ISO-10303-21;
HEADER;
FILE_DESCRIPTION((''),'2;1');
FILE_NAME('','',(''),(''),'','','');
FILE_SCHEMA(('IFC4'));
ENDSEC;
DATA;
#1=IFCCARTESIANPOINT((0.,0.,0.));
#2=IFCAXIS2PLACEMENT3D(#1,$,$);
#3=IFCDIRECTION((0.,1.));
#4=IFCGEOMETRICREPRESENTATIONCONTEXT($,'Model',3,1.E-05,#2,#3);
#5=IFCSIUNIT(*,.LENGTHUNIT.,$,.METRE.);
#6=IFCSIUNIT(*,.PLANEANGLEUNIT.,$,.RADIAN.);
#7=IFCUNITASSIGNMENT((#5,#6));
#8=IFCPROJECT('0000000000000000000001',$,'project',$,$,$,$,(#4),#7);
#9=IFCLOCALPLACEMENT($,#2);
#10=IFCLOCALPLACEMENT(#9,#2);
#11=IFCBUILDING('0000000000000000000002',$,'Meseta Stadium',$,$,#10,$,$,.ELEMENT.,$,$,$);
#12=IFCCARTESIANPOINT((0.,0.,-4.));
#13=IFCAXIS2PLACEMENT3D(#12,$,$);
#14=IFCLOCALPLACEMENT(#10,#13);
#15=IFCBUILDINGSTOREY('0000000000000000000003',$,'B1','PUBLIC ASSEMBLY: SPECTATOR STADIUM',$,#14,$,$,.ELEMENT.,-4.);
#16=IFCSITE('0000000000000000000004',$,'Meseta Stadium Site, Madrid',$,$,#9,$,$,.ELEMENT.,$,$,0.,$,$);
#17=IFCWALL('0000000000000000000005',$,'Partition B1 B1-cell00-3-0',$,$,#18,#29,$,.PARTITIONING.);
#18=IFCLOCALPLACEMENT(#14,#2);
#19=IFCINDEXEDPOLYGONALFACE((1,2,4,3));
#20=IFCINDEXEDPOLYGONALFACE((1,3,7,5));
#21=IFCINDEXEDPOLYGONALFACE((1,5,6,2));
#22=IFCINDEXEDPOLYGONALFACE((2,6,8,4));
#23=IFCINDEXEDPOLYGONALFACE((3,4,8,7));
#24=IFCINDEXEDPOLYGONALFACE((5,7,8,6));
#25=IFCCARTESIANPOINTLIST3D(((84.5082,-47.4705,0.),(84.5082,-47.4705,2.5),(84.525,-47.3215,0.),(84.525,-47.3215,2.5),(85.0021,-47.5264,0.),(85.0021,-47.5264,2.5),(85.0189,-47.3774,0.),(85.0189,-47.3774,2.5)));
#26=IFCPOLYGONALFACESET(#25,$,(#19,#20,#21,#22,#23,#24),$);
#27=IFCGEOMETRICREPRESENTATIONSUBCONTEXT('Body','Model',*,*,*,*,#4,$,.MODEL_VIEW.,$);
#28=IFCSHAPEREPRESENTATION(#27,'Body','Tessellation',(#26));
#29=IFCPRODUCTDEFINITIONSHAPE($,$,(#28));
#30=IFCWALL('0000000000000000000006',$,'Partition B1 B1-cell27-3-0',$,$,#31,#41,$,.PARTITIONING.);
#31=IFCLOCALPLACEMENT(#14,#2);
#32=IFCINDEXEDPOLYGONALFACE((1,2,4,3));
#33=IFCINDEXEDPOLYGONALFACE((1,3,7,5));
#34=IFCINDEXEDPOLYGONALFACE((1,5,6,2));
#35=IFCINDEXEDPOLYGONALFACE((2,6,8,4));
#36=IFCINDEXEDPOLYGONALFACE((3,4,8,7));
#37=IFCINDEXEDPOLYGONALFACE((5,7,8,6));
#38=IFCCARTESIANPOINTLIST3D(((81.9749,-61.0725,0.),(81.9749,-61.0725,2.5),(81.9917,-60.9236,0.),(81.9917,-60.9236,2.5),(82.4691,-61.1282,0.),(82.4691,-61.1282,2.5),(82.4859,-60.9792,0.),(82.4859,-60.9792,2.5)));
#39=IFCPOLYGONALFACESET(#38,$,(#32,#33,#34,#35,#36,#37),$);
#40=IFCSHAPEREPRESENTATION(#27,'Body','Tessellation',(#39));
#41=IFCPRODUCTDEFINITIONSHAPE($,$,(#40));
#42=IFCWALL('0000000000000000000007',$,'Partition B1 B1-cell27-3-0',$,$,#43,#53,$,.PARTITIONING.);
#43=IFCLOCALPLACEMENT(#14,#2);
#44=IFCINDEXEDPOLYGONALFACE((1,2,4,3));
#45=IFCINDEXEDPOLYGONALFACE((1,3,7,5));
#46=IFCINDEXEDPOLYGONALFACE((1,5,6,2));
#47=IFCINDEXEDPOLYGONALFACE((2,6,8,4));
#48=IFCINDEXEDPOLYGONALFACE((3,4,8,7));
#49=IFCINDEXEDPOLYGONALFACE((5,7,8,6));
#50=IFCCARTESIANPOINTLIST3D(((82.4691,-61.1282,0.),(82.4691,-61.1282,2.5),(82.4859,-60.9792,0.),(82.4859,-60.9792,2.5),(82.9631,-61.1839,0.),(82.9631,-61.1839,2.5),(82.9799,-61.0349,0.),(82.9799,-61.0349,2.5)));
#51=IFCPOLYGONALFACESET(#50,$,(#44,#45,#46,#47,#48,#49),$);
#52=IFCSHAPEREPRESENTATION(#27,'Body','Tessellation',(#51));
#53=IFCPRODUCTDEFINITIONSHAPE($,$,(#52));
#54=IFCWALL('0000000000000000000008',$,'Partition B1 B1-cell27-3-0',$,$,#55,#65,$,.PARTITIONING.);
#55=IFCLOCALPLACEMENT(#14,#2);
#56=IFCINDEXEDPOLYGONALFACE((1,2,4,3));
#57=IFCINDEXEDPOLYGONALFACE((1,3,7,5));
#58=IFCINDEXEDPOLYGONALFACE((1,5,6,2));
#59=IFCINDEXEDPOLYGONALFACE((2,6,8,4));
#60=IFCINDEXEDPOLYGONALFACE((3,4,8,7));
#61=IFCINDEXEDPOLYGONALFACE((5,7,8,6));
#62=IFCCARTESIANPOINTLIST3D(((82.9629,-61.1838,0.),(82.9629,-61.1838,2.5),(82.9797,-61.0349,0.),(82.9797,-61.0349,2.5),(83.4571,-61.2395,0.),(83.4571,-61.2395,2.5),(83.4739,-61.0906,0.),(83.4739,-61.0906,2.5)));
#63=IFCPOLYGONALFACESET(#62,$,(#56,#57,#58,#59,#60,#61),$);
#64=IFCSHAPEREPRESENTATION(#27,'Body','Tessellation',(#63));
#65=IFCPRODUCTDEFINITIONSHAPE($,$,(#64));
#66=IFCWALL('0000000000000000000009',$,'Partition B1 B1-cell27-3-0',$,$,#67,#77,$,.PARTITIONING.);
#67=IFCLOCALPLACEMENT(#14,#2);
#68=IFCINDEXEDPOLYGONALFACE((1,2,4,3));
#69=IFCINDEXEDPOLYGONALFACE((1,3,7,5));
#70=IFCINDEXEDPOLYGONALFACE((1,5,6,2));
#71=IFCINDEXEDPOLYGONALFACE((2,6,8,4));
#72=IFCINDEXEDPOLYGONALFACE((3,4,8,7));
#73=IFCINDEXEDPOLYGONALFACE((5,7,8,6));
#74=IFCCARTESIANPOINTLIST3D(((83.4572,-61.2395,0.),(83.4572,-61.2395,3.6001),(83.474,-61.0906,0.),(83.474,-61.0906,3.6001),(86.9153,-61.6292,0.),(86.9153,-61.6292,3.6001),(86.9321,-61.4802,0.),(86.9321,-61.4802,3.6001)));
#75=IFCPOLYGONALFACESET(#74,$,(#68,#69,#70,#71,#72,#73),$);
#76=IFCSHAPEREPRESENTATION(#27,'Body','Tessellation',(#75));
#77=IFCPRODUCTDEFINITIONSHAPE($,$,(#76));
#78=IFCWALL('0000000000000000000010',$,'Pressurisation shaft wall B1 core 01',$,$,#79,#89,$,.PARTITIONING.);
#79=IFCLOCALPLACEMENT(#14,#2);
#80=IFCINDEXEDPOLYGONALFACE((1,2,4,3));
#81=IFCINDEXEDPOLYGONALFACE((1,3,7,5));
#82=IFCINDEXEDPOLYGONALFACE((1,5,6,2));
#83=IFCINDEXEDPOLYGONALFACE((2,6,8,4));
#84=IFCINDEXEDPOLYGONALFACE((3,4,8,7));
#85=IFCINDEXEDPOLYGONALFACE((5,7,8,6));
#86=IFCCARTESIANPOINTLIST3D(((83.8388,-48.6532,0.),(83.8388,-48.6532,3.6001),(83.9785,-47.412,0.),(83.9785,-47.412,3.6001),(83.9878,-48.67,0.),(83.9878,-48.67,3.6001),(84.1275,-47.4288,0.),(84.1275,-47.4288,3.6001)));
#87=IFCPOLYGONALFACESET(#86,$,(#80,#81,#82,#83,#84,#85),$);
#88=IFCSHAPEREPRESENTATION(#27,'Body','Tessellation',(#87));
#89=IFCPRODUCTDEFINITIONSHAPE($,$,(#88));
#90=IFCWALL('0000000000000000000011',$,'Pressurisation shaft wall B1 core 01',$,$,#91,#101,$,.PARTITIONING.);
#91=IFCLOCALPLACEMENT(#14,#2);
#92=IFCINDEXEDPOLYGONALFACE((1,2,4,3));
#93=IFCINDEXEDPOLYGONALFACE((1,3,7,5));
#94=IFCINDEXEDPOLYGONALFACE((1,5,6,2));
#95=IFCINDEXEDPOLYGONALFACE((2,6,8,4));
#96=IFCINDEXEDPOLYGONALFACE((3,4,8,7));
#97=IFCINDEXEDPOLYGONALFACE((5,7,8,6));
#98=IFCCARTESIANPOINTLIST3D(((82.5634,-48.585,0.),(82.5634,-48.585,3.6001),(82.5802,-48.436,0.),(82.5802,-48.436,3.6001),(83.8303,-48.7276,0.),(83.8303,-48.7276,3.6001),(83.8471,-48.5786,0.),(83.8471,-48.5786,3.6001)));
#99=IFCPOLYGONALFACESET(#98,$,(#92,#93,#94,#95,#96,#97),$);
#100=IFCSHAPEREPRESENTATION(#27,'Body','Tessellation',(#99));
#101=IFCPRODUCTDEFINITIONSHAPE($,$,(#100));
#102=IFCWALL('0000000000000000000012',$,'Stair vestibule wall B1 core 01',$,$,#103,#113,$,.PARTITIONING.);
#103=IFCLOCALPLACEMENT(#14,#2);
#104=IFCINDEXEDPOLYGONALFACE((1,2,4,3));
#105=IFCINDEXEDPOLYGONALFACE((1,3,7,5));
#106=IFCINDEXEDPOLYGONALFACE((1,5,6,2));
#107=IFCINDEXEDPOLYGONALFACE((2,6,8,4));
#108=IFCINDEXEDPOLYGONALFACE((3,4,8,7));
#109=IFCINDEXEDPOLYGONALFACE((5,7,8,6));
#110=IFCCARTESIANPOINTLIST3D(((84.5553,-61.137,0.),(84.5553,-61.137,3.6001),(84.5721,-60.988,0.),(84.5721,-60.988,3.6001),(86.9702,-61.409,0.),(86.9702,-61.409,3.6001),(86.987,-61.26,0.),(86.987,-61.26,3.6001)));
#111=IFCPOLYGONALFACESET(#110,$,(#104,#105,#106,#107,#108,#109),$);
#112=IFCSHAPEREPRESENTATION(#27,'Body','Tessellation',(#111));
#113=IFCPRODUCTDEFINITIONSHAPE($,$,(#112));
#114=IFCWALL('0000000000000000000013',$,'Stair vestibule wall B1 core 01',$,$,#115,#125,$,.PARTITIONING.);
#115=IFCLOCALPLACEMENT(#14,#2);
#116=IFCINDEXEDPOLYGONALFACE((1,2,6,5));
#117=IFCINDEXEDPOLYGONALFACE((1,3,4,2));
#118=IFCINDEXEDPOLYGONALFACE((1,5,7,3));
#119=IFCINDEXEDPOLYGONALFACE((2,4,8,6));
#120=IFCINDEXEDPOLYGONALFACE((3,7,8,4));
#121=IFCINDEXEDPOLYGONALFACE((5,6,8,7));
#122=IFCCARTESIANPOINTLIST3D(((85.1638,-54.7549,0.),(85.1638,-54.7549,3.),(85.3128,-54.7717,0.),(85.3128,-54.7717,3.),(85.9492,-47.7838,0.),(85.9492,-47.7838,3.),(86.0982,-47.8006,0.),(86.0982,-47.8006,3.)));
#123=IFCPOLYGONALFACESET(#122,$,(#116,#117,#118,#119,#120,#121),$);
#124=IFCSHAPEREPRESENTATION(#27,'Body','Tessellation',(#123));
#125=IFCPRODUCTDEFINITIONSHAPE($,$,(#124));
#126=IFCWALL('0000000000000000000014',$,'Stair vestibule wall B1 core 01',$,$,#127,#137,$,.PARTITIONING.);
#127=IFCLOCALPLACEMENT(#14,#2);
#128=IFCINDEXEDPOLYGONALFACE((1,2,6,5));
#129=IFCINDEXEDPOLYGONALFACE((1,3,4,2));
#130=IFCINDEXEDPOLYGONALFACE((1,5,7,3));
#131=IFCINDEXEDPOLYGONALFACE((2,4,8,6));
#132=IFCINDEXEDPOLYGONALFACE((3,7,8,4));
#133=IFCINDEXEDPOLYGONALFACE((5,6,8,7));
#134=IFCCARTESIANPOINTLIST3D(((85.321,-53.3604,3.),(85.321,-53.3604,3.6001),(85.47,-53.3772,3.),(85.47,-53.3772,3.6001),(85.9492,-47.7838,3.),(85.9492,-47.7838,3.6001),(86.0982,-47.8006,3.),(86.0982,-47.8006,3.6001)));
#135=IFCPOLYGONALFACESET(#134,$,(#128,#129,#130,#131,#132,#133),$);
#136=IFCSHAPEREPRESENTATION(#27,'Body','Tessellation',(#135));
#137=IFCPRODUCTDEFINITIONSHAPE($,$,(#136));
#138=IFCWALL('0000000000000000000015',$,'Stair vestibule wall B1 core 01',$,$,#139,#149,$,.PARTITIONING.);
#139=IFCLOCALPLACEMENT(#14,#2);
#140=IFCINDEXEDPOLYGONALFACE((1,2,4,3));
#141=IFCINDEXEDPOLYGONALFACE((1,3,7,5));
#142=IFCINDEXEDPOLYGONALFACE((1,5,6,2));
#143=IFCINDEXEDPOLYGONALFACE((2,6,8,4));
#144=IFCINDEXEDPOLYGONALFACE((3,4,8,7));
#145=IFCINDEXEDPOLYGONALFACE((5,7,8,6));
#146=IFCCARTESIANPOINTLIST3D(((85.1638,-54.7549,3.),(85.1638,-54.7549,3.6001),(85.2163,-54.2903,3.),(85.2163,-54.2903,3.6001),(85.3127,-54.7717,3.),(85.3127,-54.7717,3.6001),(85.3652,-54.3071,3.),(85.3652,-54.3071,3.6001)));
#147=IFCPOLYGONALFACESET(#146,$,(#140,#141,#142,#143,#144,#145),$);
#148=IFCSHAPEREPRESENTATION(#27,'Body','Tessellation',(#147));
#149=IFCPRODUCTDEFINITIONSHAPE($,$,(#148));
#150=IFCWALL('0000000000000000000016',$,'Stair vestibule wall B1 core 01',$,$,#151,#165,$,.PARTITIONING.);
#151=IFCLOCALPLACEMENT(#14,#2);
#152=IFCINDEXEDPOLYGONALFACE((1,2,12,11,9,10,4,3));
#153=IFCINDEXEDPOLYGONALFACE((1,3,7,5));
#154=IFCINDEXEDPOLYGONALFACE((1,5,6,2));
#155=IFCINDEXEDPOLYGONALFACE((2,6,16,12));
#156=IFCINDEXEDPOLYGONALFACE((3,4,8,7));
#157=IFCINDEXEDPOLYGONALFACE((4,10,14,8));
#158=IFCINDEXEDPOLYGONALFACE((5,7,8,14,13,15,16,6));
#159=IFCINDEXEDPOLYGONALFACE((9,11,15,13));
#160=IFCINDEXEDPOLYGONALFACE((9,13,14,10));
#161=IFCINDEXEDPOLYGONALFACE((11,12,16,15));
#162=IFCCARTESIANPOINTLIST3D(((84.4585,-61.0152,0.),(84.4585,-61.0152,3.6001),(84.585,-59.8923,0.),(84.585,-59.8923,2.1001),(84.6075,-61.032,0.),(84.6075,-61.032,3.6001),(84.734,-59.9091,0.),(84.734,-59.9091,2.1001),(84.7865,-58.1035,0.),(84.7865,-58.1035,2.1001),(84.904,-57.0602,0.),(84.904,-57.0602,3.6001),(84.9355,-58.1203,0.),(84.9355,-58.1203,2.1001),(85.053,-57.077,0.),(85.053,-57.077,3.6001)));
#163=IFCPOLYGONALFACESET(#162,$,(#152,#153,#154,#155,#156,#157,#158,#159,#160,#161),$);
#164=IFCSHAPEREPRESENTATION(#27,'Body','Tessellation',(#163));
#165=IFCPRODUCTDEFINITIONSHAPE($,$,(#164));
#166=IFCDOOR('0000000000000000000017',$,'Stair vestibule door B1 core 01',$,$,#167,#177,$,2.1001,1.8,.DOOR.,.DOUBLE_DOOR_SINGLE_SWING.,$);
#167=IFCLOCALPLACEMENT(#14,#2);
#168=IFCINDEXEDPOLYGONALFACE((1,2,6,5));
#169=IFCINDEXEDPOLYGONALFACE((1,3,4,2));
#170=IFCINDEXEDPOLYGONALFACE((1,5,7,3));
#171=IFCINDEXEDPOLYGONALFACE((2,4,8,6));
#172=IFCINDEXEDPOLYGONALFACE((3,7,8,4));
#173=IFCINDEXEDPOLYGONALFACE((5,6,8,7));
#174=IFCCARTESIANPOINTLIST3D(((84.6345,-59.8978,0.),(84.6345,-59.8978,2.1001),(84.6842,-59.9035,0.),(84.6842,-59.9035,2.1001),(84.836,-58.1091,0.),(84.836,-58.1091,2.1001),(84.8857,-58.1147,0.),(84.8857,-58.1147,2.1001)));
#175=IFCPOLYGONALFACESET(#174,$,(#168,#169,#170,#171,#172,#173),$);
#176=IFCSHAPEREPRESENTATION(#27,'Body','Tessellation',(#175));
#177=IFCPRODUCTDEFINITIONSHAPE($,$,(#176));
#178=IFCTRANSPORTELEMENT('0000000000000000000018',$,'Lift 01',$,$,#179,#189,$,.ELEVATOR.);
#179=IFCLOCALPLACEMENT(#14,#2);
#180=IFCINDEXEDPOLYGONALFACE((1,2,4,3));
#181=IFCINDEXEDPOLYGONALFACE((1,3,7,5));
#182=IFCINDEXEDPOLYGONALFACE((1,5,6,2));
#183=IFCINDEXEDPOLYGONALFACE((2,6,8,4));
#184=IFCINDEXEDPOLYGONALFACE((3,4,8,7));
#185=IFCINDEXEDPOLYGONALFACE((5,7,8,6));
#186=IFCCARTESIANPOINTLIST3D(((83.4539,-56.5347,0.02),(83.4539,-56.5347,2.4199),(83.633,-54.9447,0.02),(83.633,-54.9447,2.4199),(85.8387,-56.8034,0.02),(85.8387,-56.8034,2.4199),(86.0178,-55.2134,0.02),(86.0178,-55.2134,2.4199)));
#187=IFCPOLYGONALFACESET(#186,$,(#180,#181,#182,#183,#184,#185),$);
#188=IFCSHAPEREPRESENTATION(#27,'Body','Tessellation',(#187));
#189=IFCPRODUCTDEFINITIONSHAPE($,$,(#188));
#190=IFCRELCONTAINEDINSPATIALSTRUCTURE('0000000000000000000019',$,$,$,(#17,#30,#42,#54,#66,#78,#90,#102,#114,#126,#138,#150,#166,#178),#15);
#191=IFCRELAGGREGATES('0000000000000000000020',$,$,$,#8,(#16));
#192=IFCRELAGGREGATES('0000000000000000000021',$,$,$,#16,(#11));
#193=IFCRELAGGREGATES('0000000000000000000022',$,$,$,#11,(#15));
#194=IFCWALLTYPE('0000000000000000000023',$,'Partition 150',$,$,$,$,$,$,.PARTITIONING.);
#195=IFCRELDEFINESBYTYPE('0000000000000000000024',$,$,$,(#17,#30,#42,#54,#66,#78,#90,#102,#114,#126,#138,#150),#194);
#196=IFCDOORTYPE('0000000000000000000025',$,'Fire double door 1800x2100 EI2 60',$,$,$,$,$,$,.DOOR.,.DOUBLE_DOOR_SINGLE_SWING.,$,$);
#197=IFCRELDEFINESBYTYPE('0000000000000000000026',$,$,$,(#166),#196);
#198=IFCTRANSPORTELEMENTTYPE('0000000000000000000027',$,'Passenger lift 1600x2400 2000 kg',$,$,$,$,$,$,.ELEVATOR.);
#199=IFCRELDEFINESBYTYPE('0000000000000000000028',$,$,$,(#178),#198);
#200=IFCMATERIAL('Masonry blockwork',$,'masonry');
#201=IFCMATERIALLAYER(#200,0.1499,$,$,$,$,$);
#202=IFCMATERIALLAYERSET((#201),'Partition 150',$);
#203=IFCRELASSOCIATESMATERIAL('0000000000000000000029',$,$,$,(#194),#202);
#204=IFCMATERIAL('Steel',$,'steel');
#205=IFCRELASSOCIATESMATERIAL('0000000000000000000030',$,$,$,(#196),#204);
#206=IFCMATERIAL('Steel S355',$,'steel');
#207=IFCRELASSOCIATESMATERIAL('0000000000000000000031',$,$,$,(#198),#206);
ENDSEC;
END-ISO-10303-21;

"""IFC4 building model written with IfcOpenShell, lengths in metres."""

from ifc_helpers import new_model, si_unit, direction, frame, frame_2d, origin, origin_2d, place, context, subcontext, project, spatial, rectangle, extrude, material, layer, layer_set, type_object, element, fill, save


model = new_model("IFC4")

# Units and contexts
model_context = context("Model", 3, precision=1e-05, world=origin(), true_north=direction((0.0, 1.0)))
body_context = subcontext(model_context, "Body", "Model", "MODEL_VIEW")
ifc_project = project(units=[si_unit("LENGTHUNIT", "METRE"), si_unit("PLANEANGLEUNIT", "RADIAN")], contexts=[model_context])

# Site, building, storey
site_placement = place(None, origin())
site = spatial("IfcSite", under=ifc_project, at=site_placement, Name="Meseta Stadium Site, Madrid", CompositionType="ELEMENT", RefElevation=0.0)
building_placement = place(site_placement, origin())
building = spatial("IfcBuilding", under=site, at=building_placement, Name="Meseta Stadium", CompositionType="ELEMENT")
storey_placement = place(building_placement, frame((0.0, 0.0, -4.0)))
storey = spatial("IfcBuildingStorey", under=building, at=storey_placement, Name="B1", Description="PUBLIC ASSEMBLY: SPECTATOR STADIUM", CompositionType="ELEMENT", Elevation=-4.0)

# Walls
ifc_material_1 = material(Name="Masonry blockwork", Category="masonry")
ifc_layer_1 = layer(ifc_material_1, 0.1499)
ifc_layer_set_1 = layer_set([ifc_layer_1], Name="Partition 150")
wall_type_1 = type_object("IfcWallType", Name="Partition 150", PredefinedType="PARTITIONING", material=ifc_layer_set_1)
wall_1_placement = place(storey_placement, frame((85.0105, -47.4519, 0.0), z_axis=(0.0, 0.0, 1.0), x_axis=(-0.993654, 0.11248, 0.0)))
element("IfcWall", 1, at=wall_1_placement, inside=storey, type_object=wall_type_1, Name="Partition B1 B1-cell00-3-0", PredefinedType="PARTITIONING", context=body_context, shape_type="SweptSolid", body=[
    extrude(rectangle(XDim=0.4971, YDim=0.1499, at=frame_2d((0.2485, 0.0))), origin(), (0.0, 0.0, 1.0), 2.5),
])
wall_2_placement = place(storey_placement, frame((81.9834, -60.998, 0.0), z_axis=(0.0, 0.0, 1.0), x_axis=(0.993715, -0.11194, 0.0)))
element("IfcWall", 2, at=wall_2_placement, inside=storey, type_object=wall_type_1, Name="Partition B1 B1-cell27-3-0", PredefinedType="PARTITIONING", context=body_context, shape_type="SweptSolid", body=[
    extrude(rectangle(XDim=0.4973, YDim=0.1499, at=frame_2d((0.2485, 0.0))), origin(), (0.0, 0.0, 1.0), 2.5),
])
wall_3_placement = place(storey_placement, frame((82.4775, -61.0537, 0.0), z_axis=(0.0, 0.0, 1.0), x_axis=(0.993709, -0.111995, 0.0)))
element("IfcWall", 3, at=wall_3_placement, inside=storey, type_object=wall_type_1, Name="Partition B1 B1-cell27-3-0", PredefinedType="PARTITIONING", context=body_context, shape_type="SweptSolid", body=[
    extrude(rectangle(XDim=0.4971, YDim=0.1499, at=frame_2d((0.2485, 0.0))), origin(), (0.0, 0.0, 1.0), 2.5),
])
wall_4_placement = place(storey_placement, frame((82.9714, -61.1094, 0.0), z_axis=(0.0, 0.0, 1.0), x_axis=(0.993715, -0.11194, 0.0)))
element("IfcWall", 4, at=wall_4_placement, inside=storey, type_object=wall_type_1, Name="Partition B1 B1-cell27-3-0", PredefinedType="PARTITIONING", context=body_context, shape_type="SweptSolid", body=[
    extrude(rectangle(XDim=0.4973, YDim=0.1499, at=frame_2d((0.2485, 0.0))), origin(), (0.0, 0.0, 1.0), 2.5),
])
wall_5_placement = place(storey_placement, frame((83.4656, -61.165, 0.0), z_axis=(0.0, 0.0, 1.0), x_axis=(0.993711, -0.111971, 0.0)))
element("IfcWall", 5, at=wall_5_placement, inside=storey, type_object=wall_type_1, Name="Partition B1 B1-cell27-3-0", PredefinedType="PARTITIONING", context=body_context, shape_type="SweptSolid", body=[
    extrude(rectangle(XDim=3.48, YDim=0.1499, at=frame_2d((1.74, 0.0))), origin(), (0.0, 0.0, 1.0), 3.6001),
])
wall_6_placement = place(storey_placement, frame((83.9133, -48.6616, 0.0), z_axis=(0.0, 0.0, 1.0), x_axis=(0.111804, 0.99373, 0.0)))
element("IfcWall", 6, at=wall_6_placement, inside=storey, type_object=wall_type_1, Name="Pressurisation shaft wall B1 core 01", PredefinedType="PARTITIONING", context=body_context, shape_type="SweptSolid", body=[
    extrude(rectangle(XDim=1.249, YDim=0.1499, at=frame_2d((0.6245, 0.0))), origin(), (0.0, 0.0, 1.0), 3.6001),
])
wall_7_placement = place(storey_placement, frame((82.5718, -48.5105, 0.0), z_axis=(0.0, 0.0, 1.0), x_axis=(0.993726, -0.11184, 0.0)))
element("IfcWall", 7, at=wall_7_placement, inside=storey, type_object=wall_type_1, Name="Pressurisation shaft wall B1 core 01", PredefinedType="PARTITIONING", context=body_context, shape_type="SweptSolid", body=[
    extrude(rectangle(XDim=1.2749, YDim=0.1499, at=frame_2d((0.6375, 0.0))), origin(), (0.0, 0.0, 1.0), 3.6001),
])
wall_8_placement = place(storey_placement, frame((84.5637, -61.0625, 0.0), z_axis=(0.0, 0.0, 1.0), x_axis=(0.993717, -0.11192, 0.0)))
element("IfcWall", 8, at=wall_8_placement, inside=storey, type_object=wall_type_1, Name="Stair vestibule wall B1 core 01", PredefinedType="PARTITIONING", context=body_context, shape_type="SweptSolid", body=[
    extrude(rectangle(XDim=2.4302, YDim=0.1499, at=frame_2d((1.2151, 0.0))), origin(), (0.0, 0.0, 1.0), 3.6001),
])
wall_9_placement = place(storey_placement, frame((86.0237, -47.7922, 0.0), z_axis=(0.0, 0.0, 1.0), x_axis=(-0.111959, -0.993713, 0.0)))
element("IfcWall", 9, at=wall_9_placement, inside=storey, type_object=wall_type_1, Name="Stair vestibule wall B1 core 01", PredefinedType="PARTITIONING", context=body_context, shape_type="SweptSolid", body=[
    extrude(rectangle(XDim=7.0151, YDim=0.1499, at=frame_2d((3.5076, 0.0))), origin(), (0.0, 0.0, 1.0), 3.0),
])
wall_10_placement = place(storey_placement, frame((86.0237, -47.7922, 3.0), z_axis=(0.0, 0.0, 1.0), x_axis=(-0.111935, -0.993715, 0.0)))
element("IfcWall", 10, at=wall_10_placement, inside=storey, type_object=wall_type_1, Name="Stair vestibule wall B1 core 01", PredefinedType="PARTITIONING", context=body_context, shape_type="SweptSolid", body=[
    extrude(rectangle(XDim=5.6118, YDim=0.1499, at=frame_2d((2.8059, 0.0))), origin(), (0.0, 0.0, 1.0), 0.6001),
])
wall_11_placement = place(storey_placement, frame((85.2908, -54.2986, 3.0), z_axis=(0.0, 0.0, 1.0), x_axis=(-0.112265, -0.993678, 0.0)))
element("IfcWall", 11, at=wall_11_placement, inside=storey, type_object=wall_type_1, Name="Stair vestibule wall B1 core 01", PredefinedType="PARTITIONING", context=body_context, shape_type="SweptSolid", body=[
    extrude(rectangle(XDim=0.4675, YDim=0.1499, at=frame_2d((0.2339, 0.0))), origin(), (0.0, 0.0, 1.0), 0.6001),
])

# Wall, opening, door
wall_12_placement = place(storey_placement, frame((84.9785, -57.0686, 0.0), z_axis=(0.0, 0.0, 1.0), x_axis=(-0.111946, -0.993714, 0.0)))
wall_12 = element("IfcWall", 12, at=wall_12_placement, inside=storey, type_object=wall_type_1, Name="Stair vestibule wall B1 core 01", PredefinedType="PARTITIONING", context=body_context, shape_type="SweptSolid", body=[
    extrude(rectangle(XDim=3.98, YDim=0.1499, at=frame_2d((1.99, 0.0))), origin(), (0.0, 0.0, 1.0), 3.6001),
])
opening_1_placement = place(wall_12_placement, frame((1.05, 0.0, 0.0)))
opening_1 = element("IfcOpeningElement", 13, at=opening_1_placement, cuts=wall_12, PredefinedType="OPENING", context=body_context, shape_type="SweptSolid", body=[
    extrude(rectangle(XDim=1.8, YDim=2.1001, at=frame_2d((0.8999, 1.05))), frame((0.0, 0.085, 0.0), z_axis=(0.0, -1.0, 0.0), x_axis=(1.0, 0.0, 0.0)), (0.0, 0.0, 1.0), 0.1699),
])
ifc_material_2 = material(Name="Steel", Category="steel")
door_type_1 = type_object("IfcDoorType", Name="Fire double door 1800x2100 EI2 60", OperationType="DOUBLE_DOOR_SINGLE_SWING", PredefinedType="DOOR", material=ifc_material_2)
door_1_placement = place(opening_1_placement, origin())
door_1 = element("IfcDoor", 14, at=door_1_placement, inside=storey, type_object=door_type_1, Name="Stair vestibule door B1 core 01", OperationType="DOUBLE_DOOR_SINGLE_SWING", OverallHeight=2.1001, OverallWidth=1.8, PredefinedType="DOOR", context=body_context, shape_type="SweptSolid", body=[
    extrude(rectangle(XDim=1.8, YDim=2.1001, at=frame_2d((0.8999, 1.05))), frame((0.0, 0.0249, 0.0), z_axis=(0.0, -1.0, 0.0), x_axis=(1.0, 0.0, 0.0)), (0.0, 0.0, 1.0), 0.05),
])
fill(opening_1, door_1)

# Transport element
ifc_material_3 = material(Name="Steel S355", Category="steel")
transport_element_type = type_object("IfcTransportElementType", Name="Passenger lift 1600x2400 2000 kg", PredefinedType="ELEVATOR", material=ifc_material_3)
transport_element_placement = place(storey_placement, frame((84.7358, -55.874, 0.02), z_axis=(0.0, 0.0, 1.0), x_axis=(-0.993712, 0.111965, 0.0)))
element("IfcTransportElement", 15, at=transport_element_placement, inside=storey, type_object=transport_element_type, Name="Lift 01", PredefinedType="ELEVATOR", context=body_context, shape_type="SweptSolid", body=[
    extrude(rectangle(XDim=2.3999, YDim=1.6001, at=origin_2d()), origin(), (0.0, 0.0, 1.0), 2.3999),
])

save(model, "model.ifc")
